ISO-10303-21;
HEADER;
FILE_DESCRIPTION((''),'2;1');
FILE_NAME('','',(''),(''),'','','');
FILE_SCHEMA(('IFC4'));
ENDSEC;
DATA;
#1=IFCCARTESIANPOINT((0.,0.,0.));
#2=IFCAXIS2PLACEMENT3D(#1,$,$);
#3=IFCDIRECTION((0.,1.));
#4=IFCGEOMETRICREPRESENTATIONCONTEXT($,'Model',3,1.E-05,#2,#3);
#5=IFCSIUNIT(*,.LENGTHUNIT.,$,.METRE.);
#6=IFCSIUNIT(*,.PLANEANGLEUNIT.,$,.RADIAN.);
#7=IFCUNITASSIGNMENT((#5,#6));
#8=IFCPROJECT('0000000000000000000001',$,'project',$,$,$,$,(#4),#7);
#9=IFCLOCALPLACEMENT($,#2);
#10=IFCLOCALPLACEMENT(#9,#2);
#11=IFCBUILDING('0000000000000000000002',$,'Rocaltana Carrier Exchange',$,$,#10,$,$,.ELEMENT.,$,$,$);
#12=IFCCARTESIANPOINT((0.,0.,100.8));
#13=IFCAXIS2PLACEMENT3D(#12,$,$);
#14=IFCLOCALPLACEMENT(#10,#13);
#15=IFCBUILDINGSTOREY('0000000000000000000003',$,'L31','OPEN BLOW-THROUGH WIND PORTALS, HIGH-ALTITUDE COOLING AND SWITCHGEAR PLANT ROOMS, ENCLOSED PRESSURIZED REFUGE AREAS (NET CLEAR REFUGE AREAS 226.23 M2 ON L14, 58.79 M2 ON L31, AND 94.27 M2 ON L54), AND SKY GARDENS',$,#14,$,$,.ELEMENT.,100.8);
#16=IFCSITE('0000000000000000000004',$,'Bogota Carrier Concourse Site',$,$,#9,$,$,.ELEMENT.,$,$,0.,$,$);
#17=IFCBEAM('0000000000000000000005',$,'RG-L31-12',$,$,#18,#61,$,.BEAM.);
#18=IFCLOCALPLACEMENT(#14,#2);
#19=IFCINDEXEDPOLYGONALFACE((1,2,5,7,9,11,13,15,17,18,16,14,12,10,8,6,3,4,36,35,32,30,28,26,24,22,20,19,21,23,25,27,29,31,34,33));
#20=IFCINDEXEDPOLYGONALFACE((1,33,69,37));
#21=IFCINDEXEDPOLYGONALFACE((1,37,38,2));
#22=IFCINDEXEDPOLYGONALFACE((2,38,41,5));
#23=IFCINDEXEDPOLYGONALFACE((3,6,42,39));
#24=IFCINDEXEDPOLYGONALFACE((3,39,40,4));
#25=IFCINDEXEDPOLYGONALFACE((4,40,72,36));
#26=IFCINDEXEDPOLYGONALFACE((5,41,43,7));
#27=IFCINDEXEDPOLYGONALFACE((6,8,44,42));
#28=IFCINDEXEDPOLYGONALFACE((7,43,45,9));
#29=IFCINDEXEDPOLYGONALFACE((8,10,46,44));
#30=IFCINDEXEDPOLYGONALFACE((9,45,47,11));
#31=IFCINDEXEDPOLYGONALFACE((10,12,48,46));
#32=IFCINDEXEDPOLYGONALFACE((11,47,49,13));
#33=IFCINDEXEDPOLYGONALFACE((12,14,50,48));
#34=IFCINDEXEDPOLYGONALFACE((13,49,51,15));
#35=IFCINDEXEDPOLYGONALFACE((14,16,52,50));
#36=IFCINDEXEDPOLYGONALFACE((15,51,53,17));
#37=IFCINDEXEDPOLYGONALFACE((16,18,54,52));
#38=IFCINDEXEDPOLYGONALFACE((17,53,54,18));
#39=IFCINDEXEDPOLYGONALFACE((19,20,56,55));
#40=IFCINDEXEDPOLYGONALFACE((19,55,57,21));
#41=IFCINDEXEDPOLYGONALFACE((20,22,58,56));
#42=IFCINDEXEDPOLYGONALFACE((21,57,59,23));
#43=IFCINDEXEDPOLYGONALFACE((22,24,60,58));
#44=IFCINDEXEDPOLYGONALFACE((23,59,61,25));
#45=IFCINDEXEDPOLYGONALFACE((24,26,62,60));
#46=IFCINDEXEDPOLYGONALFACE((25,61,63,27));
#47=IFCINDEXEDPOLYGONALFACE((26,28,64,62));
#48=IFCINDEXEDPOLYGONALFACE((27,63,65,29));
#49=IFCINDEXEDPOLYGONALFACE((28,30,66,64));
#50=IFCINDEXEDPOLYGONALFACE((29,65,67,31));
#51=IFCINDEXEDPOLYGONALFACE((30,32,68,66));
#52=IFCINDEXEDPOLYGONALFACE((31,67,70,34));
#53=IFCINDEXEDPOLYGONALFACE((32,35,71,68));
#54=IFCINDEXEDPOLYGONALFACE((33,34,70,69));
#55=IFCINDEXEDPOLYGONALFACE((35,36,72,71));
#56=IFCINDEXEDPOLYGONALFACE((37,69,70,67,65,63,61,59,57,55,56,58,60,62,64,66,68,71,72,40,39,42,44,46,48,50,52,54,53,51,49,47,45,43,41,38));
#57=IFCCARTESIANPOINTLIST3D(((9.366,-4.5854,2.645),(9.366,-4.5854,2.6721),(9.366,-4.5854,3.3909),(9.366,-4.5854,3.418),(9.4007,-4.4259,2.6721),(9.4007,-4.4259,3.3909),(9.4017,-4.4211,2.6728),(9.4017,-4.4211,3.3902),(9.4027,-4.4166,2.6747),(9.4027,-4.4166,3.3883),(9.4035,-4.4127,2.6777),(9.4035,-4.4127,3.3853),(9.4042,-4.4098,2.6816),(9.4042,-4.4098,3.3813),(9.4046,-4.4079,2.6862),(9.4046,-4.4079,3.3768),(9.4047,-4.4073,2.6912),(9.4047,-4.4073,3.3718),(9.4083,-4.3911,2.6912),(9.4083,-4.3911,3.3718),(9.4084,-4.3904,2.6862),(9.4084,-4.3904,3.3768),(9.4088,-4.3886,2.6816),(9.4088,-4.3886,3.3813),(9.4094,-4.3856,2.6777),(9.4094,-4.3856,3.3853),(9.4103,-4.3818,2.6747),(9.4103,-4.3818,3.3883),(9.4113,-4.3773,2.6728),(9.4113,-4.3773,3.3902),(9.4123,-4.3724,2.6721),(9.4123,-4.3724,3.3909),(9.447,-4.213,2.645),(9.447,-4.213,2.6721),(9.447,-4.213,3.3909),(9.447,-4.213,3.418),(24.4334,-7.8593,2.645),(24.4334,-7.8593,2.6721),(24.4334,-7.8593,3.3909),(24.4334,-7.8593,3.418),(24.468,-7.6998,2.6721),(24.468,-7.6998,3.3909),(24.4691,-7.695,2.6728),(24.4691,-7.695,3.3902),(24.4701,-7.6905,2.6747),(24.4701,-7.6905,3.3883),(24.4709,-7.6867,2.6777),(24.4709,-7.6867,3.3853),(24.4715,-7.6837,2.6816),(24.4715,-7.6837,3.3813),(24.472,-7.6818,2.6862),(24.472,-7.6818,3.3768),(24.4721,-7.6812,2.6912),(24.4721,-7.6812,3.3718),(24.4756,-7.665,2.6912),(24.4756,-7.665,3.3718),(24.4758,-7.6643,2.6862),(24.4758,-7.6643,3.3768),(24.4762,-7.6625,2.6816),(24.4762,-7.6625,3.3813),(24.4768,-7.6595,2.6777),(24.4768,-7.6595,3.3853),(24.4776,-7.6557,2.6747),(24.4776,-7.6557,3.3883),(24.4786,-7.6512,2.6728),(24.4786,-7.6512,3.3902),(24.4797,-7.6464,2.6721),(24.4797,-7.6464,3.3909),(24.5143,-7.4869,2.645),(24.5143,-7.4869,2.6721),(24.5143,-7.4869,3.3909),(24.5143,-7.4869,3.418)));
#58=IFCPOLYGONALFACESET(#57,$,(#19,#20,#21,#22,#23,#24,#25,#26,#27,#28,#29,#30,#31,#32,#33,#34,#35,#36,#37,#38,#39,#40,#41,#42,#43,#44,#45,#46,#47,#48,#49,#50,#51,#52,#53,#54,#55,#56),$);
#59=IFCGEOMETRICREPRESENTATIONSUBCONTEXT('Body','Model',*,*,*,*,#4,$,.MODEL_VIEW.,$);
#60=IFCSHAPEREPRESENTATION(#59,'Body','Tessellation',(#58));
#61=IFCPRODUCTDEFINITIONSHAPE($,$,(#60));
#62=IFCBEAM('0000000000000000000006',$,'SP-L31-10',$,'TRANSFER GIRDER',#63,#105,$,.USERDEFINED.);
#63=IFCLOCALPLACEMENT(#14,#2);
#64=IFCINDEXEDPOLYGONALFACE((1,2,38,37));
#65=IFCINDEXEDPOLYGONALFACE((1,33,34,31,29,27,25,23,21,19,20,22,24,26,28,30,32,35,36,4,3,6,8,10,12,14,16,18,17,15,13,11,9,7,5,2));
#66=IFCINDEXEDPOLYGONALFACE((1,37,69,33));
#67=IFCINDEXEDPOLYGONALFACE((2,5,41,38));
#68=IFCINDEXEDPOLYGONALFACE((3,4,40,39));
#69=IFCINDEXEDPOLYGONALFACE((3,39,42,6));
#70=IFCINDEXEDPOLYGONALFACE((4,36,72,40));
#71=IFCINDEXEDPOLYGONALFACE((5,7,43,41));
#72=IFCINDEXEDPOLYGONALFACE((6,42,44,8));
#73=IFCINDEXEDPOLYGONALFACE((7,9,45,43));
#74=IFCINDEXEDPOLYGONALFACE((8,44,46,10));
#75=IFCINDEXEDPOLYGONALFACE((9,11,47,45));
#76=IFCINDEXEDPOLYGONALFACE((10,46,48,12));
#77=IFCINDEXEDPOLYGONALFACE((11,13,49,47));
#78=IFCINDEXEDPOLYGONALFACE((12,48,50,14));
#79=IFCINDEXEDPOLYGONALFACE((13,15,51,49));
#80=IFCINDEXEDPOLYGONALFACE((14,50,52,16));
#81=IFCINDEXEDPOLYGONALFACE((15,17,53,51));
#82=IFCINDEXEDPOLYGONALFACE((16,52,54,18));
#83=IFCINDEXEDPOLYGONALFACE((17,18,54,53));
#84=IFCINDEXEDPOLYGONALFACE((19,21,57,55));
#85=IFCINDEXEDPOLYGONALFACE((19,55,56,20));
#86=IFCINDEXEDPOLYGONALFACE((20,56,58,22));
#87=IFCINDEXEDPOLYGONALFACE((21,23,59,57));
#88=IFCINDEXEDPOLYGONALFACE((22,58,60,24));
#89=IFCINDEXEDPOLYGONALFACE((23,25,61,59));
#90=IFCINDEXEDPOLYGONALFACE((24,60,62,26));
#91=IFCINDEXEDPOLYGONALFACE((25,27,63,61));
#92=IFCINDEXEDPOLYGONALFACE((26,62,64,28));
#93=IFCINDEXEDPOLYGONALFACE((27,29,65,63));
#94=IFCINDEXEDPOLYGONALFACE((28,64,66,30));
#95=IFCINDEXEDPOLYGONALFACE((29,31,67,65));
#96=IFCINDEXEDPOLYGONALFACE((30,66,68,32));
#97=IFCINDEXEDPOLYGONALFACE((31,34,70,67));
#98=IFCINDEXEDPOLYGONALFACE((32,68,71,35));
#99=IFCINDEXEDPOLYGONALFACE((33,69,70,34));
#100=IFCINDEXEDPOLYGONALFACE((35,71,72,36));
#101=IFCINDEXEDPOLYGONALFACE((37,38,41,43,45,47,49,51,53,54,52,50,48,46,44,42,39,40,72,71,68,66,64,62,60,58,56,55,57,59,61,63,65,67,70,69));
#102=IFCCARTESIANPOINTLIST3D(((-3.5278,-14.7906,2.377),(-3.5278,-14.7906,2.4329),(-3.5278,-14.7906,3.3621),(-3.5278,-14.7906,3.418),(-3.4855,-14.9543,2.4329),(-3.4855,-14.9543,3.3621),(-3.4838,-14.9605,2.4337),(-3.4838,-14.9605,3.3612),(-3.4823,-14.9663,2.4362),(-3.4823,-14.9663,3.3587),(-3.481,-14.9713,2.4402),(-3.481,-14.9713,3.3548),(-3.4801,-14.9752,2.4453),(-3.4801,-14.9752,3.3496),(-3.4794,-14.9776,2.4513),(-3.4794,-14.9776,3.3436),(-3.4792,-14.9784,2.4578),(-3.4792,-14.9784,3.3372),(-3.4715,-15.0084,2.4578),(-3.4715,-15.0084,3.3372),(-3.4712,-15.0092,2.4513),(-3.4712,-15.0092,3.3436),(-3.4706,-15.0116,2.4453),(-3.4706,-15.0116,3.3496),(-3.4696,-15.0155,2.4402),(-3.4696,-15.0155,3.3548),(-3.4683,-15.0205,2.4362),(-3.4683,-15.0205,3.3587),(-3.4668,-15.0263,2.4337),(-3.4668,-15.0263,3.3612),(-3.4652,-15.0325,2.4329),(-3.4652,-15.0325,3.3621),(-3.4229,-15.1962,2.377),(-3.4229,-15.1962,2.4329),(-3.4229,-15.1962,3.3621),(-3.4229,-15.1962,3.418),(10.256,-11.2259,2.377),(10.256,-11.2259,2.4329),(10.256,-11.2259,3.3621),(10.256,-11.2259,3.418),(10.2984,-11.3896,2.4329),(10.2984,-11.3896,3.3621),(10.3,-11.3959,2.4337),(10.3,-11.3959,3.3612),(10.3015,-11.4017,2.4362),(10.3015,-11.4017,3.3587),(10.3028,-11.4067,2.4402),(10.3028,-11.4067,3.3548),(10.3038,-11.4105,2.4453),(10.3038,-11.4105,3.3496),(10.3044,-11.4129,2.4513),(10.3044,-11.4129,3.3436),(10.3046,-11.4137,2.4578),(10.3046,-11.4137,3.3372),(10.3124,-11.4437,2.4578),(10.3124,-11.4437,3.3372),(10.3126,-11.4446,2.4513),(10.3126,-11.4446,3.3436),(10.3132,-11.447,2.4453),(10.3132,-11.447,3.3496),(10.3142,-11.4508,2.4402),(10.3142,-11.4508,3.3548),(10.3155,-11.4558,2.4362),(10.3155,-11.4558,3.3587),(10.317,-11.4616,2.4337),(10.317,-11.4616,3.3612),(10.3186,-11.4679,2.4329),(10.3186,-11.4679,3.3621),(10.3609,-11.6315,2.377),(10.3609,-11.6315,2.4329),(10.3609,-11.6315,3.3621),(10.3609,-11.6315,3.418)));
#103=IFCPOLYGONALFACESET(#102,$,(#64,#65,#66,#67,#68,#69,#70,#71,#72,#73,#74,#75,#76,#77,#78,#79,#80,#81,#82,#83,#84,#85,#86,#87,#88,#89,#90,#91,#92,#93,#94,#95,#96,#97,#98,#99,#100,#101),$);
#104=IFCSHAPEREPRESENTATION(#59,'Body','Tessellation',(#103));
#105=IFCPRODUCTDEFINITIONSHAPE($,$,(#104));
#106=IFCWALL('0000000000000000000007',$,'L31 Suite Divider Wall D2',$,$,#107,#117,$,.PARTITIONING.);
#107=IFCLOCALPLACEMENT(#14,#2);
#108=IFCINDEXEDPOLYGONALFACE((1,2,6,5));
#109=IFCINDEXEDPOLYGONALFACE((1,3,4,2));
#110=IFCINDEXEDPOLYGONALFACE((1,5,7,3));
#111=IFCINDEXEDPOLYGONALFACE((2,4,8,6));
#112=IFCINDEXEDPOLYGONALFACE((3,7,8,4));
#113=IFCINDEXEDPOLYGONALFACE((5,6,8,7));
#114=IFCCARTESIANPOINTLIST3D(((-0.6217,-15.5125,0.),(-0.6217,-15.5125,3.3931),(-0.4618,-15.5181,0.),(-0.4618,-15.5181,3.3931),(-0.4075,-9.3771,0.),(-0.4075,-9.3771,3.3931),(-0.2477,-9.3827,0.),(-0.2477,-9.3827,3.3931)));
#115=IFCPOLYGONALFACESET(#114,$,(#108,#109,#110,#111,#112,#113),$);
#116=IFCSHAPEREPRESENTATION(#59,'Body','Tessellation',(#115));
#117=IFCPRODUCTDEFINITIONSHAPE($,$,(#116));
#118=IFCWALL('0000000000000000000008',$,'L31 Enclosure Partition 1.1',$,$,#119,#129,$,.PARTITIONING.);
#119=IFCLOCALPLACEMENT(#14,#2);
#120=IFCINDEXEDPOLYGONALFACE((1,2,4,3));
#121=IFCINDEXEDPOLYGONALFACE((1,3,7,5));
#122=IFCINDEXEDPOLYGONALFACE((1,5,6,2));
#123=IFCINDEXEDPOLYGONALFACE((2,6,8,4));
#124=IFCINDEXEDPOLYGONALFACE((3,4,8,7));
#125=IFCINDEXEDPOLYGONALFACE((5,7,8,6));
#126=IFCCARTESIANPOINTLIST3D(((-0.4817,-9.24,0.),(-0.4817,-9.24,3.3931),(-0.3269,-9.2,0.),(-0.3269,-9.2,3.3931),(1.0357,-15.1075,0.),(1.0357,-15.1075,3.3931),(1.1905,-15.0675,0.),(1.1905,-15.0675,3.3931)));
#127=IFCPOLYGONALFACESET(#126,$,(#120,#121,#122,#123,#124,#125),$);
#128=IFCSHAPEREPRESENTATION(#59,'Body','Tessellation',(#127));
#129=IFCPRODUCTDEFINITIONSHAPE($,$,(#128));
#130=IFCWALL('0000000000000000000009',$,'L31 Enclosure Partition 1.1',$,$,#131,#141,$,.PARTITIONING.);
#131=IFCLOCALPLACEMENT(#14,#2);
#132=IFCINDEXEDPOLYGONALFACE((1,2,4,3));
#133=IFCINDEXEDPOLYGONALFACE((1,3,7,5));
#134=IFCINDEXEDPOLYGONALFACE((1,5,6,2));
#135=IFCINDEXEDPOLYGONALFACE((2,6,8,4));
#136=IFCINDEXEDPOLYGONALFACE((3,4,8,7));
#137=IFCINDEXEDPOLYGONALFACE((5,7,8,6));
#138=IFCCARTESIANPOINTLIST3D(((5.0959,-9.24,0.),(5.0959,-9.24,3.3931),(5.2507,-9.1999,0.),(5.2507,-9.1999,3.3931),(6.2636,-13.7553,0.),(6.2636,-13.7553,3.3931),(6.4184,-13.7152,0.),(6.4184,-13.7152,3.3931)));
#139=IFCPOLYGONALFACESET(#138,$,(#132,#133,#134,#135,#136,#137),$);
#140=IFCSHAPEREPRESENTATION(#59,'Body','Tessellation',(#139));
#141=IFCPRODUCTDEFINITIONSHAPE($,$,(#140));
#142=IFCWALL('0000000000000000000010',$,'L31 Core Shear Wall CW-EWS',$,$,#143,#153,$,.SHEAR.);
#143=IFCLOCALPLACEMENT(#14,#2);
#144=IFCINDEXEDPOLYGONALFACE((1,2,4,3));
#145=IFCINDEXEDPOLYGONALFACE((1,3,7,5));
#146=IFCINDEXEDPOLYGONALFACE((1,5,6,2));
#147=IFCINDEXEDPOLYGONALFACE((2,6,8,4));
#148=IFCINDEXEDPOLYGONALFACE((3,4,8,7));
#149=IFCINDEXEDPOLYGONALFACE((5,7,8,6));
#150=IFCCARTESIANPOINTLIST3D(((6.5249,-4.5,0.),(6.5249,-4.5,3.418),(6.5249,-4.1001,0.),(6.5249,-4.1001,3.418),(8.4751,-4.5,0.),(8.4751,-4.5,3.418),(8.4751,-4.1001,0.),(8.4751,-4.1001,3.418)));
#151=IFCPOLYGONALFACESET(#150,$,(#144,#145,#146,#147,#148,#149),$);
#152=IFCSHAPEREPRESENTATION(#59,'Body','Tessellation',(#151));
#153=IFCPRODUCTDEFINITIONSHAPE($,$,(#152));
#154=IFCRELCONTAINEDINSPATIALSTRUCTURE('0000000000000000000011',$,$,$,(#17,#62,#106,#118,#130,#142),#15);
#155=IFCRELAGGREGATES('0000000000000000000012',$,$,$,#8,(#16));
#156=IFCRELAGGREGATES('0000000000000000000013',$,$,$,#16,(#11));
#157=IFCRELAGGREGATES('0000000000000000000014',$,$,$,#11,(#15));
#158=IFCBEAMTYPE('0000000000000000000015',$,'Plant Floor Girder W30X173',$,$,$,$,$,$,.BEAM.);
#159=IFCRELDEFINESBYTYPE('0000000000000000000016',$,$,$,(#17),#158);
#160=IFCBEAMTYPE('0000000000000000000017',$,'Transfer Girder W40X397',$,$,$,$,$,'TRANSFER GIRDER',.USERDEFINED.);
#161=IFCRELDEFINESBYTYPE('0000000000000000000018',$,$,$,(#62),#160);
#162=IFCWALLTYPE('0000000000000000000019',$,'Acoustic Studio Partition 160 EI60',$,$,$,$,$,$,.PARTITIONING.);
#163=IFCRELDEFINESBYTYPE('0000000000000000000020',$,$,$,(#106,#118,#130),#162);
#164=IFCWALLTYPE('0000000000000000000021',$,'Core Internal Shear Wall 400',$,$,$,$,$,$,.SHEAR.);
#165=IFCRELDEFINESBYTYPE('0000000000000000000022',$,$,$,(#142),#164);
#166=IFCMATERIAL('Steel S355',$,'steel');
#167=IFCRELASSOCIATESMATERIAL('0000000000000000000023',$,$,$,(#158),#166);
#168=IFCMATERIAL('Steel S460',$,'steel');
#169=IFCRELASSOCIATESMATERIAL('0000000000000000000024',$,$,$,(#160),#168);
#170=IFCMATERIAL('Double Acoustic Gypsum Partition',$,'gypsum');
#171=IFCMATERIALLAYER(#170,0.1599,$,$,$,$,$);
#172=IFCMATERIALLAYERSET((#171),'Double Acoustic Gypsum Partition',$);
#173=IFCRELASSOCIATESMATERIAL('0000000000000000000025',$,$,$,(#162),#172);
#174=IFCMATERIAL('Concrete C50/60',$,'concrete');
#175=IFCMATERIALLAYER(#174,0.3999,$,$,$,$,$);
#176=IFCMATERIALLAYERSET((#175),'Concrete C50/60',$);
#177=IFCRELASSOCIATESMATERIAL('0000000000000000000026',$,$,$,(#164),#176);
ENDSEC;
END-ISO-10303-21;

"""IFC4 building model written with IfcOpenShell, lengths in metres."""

from ifc_helpers import new_model, si_unit, direction, frame, frame_2d, origin, origin_2d, place, context, subcontext, project, spatial, rectangle, i_section, extrude, material, layer, layer_set, material_profile, profile_set, type_object, element, save


model = new_model("IFC4")

# Units and contexts
model_context = context("Model", 3, precision=1e-05, world=origin(), true_north=direction((0.0, 1.0)))
body_context = subcontext(model_context, "Body", "Model", "MODEL_VIEW")
ifc_project = project(units=[si_unit("LENGTHUNIT", "METRE"), si_unit("PLANEANGLEUNIT", "RADIAN")], contexts=[model_context])

# Site, building, storey
site_placement = place(None, origin())
site = spatial("IfcSite", under=ifc_project, at=site_placement, Name="Bogota Carrier Concourse Site", CompositionType="ELEMENT", RefElevation=0.0)
building_placement = place(site_placement, origin())
building = spatial("IfcBuilding", under=site, at=building_placement, Name="Rocaltana Carrier Exchange", CompositionType="ELEMENT")
storey_placement = place(building_placement, frame((0.0, 0.0, 100.8)))
storey = spatial("IfcBuildingStorey", under=building, at=storey_placement, Name="L31", Description="OPEN BLOW-THROUGH WIND PORTALS, HIGH-ALTITUDE COOLING AND SWITCHGEAR PLANT ROOMS, ENCLOSED PRESSURIZED REFUGE AREAS (NET CLEAR REFUGE AREAS 226.23 M2 ON L14, 58.79 M2 ON L31, AND 94.27 M2 ON L54), AND SKY GARDENS", CompositionType="ELEMENT", Elevation=100.8)

# Beams
ifc_material_1 = material(Name="Steel S355", Category="steel")
ifc_material_profile_1 = material_profile(ifc_material_1, i_section(OverallWidth=0.3811, OverallDepth=0.7729, WebThickness=0.0166, FlangeThickness=0.0271, FilletRadius=0.019, at=origin_2d()), Name="W30X173")
ifc_profile_set_1 = profile_set([ifc_material_profile_1], Name="Steel S355")
beam_type_1 = type_object("IfcBeamType", Name="Plant Floor Girder W30X173", PredefinedType="BEAM", material=ifc_profile_set_1)
beam_1_placement = place(storey_placement, frame((9.4065, -4.3992, 3.0315), z_axis=(0.977198, -0.212331, 0.0), x_axis=(0.212331, 0.977198, 0.0)))
element("IfcBeam", 1, at=beam_1_placement, inside=storey, type_object=beam_type_1, Name="RG-L31-12", PredefinedType="BEAM", context=body_context, shape_type="SweptSolid", body=[
    extrude(i_section(OverallWidth=0.3811, OverallDepth=0.7729, WebThickness=0.0166, FlangeThickness=0.0271, FilletRadius=0.019, at=origin_2d()), origin(), (0.0, 0.0, 1.0), 15.4189),
])
ifc_material_2 = material(Name="Steel S460", Category="steel")
ifc_material_profile_2 = material_profile(ifc_material_2, i_section(OverallWidth=0.4189, OverallDepth=1.041, WebThickness=0.031, FlangeThickness=0.0559, FilletRadius=0.0249, at=origin_2d()), Name="W40X397")
ifc_profile_set_2 = profile_set([ifc_material_profile_2], Name="Steel S460")
beam_type_2 = type_object("IfcBeamType", Name="Transfer Girder W40X397", ElementType="TRANSFER GIRDER", PredefinedType="USERDEFINED", material=ifc_profile_set_2)
beam_2_placement = place(storey_placement, frame((-3.4753, -14.9934, 2.8975), z_axis=(0.968149, 0.250375, 0.0), x_axis=(-0.250375, 0.968149, 0.0)))
element("IfcBeam", 2, at=beam_2_placement, inside=storey, type_object=beam_type_2, Name="SP-L31-10", ObjectType="TRANSFER GIRDER", PredefinedType="USERDEFINED", context=body_context, shape_type="SweptSolid", body=[
    extrude(i_section(OverallWidth=0.4189, OverallDepth=1.041, WebThickness=0.031, FlangeThickness=0.0559, FilletRadius=0.0249, at=origin_2d()), origin(), (0.0, 0.0, 1.0), 14.2373),
])

# Walls
ifc_material_3 = material(Name="Double Acoustic Gypsum Partition", Category="gypsum")
ifc_layer_1 = layer(ifc_material_3, 0.1599)
ifc_layer_set_1 = layer_set([ifc_layer_1], Name="Double Acoustic Gypsum Partition")
wall_type_1 = type_object("IfcWallType", Name="Acoustic Studio Partition 160 EI60", PredefinedType="PARTITIONING", material=ifc_layer_set_1)
wall_1_placement = place(storey_placement, frame((-0.3276, -9.3799, 0.0), z_axis=(0.0, 0.0, 1.0), x_axis=(-0.034876, -0.999392, 0.0)))
element("IfcWall", 3, at=wall_1_placement, inside=storey, type_object=wall_type_1, Name="L31 Suite Divider Wall D2", PredefinedType="PARTITIONING", context=body_context, shape_type="SweptSolid", body=[
    extrude(rectangle(XDim=6.1392, YDim=0.1599, at=frame_2d((3.0696, 0.0))), origin(), (0.0, 0.0, 1.0), 3.3931),
])
wall_2_placement = place(storey_placement, frame((-0.4043, -9.22, 0.0), z_axis=(0.0, 0.0, 1.0), x_axis=(0.250367, -0.968151, 0.0)))
element("IfcWall", 4, at=wall_2_placement, inside=storey, type_object=wall_type_1, Name="L31 Enclosure Partition 1.1", PredefinedType="PARTITIONING", context=body_context, shape_type="SweptSolid", body=[
    extrude(rectangle(XDim=6.0605, YDim=0.1599, at=frame_2d((3.0303, 0.0))), origin(), (0.0, 0.0, 1.0), 3.3931),
])
wall_3_placement = place(storey_placement, frame((6.3411, -13.7354, 0.0), z_axis=(0.0, 0.0, 1.0), x_axis=(-0.250374, 0.968149, 0.0)))
element("IfcWall", 5, at=wall_3_placement, inside=storey, type_object=wall_type_1, Name="L31 Enclosure Partition 1.1", PredefinedType="PARTITIONING", context=body_context, shape_type="SweptSolid", body=[
    extrude(rectangle(XDim=4.6638, YDim=0.1599, at=frame_2d((2.332, 0.0))), origin(), (0.0, 0.0, 1.0), 3.3931),
])
ifc_material_4 = material(Name="Concrete C50/60", Category="concrete")
ifc_layer_2 = layer(ifc_material_4, 0.3999)
ifc_layer_set_2 = layer_set([ifc_layer_2], Name="Concrete C50/60")
wall_type_2 = type_object("IfcWallType", Name="Core Internal Shear Wall 400", PredefinedType="SHEAR", material=ifc_layer_set_2)
wall_4_placement = place(storey_placement, frame((6.5249, -4.3, 0.0), z_axis=(0.0, 0.0, 1.0), x_axis=(1.0, 0.0, 0.0)))
element("IfcWall", 6, at=wall_4_placement, inside=storey, type_object=wall_type_2, Name="L31 Core Shear Wall CW-EWS", PredefinedType="SHEAR", context=body_context, shape_type="SweptSolid", body=[
    extrude(rectangle(XDim=1.9502, YDim=0.3999, at=frame_2d((0.9751, 0.0))), origin(), (0.0, 0.0, 1.0), 3.418),
])

save(model, "model.ifc")
